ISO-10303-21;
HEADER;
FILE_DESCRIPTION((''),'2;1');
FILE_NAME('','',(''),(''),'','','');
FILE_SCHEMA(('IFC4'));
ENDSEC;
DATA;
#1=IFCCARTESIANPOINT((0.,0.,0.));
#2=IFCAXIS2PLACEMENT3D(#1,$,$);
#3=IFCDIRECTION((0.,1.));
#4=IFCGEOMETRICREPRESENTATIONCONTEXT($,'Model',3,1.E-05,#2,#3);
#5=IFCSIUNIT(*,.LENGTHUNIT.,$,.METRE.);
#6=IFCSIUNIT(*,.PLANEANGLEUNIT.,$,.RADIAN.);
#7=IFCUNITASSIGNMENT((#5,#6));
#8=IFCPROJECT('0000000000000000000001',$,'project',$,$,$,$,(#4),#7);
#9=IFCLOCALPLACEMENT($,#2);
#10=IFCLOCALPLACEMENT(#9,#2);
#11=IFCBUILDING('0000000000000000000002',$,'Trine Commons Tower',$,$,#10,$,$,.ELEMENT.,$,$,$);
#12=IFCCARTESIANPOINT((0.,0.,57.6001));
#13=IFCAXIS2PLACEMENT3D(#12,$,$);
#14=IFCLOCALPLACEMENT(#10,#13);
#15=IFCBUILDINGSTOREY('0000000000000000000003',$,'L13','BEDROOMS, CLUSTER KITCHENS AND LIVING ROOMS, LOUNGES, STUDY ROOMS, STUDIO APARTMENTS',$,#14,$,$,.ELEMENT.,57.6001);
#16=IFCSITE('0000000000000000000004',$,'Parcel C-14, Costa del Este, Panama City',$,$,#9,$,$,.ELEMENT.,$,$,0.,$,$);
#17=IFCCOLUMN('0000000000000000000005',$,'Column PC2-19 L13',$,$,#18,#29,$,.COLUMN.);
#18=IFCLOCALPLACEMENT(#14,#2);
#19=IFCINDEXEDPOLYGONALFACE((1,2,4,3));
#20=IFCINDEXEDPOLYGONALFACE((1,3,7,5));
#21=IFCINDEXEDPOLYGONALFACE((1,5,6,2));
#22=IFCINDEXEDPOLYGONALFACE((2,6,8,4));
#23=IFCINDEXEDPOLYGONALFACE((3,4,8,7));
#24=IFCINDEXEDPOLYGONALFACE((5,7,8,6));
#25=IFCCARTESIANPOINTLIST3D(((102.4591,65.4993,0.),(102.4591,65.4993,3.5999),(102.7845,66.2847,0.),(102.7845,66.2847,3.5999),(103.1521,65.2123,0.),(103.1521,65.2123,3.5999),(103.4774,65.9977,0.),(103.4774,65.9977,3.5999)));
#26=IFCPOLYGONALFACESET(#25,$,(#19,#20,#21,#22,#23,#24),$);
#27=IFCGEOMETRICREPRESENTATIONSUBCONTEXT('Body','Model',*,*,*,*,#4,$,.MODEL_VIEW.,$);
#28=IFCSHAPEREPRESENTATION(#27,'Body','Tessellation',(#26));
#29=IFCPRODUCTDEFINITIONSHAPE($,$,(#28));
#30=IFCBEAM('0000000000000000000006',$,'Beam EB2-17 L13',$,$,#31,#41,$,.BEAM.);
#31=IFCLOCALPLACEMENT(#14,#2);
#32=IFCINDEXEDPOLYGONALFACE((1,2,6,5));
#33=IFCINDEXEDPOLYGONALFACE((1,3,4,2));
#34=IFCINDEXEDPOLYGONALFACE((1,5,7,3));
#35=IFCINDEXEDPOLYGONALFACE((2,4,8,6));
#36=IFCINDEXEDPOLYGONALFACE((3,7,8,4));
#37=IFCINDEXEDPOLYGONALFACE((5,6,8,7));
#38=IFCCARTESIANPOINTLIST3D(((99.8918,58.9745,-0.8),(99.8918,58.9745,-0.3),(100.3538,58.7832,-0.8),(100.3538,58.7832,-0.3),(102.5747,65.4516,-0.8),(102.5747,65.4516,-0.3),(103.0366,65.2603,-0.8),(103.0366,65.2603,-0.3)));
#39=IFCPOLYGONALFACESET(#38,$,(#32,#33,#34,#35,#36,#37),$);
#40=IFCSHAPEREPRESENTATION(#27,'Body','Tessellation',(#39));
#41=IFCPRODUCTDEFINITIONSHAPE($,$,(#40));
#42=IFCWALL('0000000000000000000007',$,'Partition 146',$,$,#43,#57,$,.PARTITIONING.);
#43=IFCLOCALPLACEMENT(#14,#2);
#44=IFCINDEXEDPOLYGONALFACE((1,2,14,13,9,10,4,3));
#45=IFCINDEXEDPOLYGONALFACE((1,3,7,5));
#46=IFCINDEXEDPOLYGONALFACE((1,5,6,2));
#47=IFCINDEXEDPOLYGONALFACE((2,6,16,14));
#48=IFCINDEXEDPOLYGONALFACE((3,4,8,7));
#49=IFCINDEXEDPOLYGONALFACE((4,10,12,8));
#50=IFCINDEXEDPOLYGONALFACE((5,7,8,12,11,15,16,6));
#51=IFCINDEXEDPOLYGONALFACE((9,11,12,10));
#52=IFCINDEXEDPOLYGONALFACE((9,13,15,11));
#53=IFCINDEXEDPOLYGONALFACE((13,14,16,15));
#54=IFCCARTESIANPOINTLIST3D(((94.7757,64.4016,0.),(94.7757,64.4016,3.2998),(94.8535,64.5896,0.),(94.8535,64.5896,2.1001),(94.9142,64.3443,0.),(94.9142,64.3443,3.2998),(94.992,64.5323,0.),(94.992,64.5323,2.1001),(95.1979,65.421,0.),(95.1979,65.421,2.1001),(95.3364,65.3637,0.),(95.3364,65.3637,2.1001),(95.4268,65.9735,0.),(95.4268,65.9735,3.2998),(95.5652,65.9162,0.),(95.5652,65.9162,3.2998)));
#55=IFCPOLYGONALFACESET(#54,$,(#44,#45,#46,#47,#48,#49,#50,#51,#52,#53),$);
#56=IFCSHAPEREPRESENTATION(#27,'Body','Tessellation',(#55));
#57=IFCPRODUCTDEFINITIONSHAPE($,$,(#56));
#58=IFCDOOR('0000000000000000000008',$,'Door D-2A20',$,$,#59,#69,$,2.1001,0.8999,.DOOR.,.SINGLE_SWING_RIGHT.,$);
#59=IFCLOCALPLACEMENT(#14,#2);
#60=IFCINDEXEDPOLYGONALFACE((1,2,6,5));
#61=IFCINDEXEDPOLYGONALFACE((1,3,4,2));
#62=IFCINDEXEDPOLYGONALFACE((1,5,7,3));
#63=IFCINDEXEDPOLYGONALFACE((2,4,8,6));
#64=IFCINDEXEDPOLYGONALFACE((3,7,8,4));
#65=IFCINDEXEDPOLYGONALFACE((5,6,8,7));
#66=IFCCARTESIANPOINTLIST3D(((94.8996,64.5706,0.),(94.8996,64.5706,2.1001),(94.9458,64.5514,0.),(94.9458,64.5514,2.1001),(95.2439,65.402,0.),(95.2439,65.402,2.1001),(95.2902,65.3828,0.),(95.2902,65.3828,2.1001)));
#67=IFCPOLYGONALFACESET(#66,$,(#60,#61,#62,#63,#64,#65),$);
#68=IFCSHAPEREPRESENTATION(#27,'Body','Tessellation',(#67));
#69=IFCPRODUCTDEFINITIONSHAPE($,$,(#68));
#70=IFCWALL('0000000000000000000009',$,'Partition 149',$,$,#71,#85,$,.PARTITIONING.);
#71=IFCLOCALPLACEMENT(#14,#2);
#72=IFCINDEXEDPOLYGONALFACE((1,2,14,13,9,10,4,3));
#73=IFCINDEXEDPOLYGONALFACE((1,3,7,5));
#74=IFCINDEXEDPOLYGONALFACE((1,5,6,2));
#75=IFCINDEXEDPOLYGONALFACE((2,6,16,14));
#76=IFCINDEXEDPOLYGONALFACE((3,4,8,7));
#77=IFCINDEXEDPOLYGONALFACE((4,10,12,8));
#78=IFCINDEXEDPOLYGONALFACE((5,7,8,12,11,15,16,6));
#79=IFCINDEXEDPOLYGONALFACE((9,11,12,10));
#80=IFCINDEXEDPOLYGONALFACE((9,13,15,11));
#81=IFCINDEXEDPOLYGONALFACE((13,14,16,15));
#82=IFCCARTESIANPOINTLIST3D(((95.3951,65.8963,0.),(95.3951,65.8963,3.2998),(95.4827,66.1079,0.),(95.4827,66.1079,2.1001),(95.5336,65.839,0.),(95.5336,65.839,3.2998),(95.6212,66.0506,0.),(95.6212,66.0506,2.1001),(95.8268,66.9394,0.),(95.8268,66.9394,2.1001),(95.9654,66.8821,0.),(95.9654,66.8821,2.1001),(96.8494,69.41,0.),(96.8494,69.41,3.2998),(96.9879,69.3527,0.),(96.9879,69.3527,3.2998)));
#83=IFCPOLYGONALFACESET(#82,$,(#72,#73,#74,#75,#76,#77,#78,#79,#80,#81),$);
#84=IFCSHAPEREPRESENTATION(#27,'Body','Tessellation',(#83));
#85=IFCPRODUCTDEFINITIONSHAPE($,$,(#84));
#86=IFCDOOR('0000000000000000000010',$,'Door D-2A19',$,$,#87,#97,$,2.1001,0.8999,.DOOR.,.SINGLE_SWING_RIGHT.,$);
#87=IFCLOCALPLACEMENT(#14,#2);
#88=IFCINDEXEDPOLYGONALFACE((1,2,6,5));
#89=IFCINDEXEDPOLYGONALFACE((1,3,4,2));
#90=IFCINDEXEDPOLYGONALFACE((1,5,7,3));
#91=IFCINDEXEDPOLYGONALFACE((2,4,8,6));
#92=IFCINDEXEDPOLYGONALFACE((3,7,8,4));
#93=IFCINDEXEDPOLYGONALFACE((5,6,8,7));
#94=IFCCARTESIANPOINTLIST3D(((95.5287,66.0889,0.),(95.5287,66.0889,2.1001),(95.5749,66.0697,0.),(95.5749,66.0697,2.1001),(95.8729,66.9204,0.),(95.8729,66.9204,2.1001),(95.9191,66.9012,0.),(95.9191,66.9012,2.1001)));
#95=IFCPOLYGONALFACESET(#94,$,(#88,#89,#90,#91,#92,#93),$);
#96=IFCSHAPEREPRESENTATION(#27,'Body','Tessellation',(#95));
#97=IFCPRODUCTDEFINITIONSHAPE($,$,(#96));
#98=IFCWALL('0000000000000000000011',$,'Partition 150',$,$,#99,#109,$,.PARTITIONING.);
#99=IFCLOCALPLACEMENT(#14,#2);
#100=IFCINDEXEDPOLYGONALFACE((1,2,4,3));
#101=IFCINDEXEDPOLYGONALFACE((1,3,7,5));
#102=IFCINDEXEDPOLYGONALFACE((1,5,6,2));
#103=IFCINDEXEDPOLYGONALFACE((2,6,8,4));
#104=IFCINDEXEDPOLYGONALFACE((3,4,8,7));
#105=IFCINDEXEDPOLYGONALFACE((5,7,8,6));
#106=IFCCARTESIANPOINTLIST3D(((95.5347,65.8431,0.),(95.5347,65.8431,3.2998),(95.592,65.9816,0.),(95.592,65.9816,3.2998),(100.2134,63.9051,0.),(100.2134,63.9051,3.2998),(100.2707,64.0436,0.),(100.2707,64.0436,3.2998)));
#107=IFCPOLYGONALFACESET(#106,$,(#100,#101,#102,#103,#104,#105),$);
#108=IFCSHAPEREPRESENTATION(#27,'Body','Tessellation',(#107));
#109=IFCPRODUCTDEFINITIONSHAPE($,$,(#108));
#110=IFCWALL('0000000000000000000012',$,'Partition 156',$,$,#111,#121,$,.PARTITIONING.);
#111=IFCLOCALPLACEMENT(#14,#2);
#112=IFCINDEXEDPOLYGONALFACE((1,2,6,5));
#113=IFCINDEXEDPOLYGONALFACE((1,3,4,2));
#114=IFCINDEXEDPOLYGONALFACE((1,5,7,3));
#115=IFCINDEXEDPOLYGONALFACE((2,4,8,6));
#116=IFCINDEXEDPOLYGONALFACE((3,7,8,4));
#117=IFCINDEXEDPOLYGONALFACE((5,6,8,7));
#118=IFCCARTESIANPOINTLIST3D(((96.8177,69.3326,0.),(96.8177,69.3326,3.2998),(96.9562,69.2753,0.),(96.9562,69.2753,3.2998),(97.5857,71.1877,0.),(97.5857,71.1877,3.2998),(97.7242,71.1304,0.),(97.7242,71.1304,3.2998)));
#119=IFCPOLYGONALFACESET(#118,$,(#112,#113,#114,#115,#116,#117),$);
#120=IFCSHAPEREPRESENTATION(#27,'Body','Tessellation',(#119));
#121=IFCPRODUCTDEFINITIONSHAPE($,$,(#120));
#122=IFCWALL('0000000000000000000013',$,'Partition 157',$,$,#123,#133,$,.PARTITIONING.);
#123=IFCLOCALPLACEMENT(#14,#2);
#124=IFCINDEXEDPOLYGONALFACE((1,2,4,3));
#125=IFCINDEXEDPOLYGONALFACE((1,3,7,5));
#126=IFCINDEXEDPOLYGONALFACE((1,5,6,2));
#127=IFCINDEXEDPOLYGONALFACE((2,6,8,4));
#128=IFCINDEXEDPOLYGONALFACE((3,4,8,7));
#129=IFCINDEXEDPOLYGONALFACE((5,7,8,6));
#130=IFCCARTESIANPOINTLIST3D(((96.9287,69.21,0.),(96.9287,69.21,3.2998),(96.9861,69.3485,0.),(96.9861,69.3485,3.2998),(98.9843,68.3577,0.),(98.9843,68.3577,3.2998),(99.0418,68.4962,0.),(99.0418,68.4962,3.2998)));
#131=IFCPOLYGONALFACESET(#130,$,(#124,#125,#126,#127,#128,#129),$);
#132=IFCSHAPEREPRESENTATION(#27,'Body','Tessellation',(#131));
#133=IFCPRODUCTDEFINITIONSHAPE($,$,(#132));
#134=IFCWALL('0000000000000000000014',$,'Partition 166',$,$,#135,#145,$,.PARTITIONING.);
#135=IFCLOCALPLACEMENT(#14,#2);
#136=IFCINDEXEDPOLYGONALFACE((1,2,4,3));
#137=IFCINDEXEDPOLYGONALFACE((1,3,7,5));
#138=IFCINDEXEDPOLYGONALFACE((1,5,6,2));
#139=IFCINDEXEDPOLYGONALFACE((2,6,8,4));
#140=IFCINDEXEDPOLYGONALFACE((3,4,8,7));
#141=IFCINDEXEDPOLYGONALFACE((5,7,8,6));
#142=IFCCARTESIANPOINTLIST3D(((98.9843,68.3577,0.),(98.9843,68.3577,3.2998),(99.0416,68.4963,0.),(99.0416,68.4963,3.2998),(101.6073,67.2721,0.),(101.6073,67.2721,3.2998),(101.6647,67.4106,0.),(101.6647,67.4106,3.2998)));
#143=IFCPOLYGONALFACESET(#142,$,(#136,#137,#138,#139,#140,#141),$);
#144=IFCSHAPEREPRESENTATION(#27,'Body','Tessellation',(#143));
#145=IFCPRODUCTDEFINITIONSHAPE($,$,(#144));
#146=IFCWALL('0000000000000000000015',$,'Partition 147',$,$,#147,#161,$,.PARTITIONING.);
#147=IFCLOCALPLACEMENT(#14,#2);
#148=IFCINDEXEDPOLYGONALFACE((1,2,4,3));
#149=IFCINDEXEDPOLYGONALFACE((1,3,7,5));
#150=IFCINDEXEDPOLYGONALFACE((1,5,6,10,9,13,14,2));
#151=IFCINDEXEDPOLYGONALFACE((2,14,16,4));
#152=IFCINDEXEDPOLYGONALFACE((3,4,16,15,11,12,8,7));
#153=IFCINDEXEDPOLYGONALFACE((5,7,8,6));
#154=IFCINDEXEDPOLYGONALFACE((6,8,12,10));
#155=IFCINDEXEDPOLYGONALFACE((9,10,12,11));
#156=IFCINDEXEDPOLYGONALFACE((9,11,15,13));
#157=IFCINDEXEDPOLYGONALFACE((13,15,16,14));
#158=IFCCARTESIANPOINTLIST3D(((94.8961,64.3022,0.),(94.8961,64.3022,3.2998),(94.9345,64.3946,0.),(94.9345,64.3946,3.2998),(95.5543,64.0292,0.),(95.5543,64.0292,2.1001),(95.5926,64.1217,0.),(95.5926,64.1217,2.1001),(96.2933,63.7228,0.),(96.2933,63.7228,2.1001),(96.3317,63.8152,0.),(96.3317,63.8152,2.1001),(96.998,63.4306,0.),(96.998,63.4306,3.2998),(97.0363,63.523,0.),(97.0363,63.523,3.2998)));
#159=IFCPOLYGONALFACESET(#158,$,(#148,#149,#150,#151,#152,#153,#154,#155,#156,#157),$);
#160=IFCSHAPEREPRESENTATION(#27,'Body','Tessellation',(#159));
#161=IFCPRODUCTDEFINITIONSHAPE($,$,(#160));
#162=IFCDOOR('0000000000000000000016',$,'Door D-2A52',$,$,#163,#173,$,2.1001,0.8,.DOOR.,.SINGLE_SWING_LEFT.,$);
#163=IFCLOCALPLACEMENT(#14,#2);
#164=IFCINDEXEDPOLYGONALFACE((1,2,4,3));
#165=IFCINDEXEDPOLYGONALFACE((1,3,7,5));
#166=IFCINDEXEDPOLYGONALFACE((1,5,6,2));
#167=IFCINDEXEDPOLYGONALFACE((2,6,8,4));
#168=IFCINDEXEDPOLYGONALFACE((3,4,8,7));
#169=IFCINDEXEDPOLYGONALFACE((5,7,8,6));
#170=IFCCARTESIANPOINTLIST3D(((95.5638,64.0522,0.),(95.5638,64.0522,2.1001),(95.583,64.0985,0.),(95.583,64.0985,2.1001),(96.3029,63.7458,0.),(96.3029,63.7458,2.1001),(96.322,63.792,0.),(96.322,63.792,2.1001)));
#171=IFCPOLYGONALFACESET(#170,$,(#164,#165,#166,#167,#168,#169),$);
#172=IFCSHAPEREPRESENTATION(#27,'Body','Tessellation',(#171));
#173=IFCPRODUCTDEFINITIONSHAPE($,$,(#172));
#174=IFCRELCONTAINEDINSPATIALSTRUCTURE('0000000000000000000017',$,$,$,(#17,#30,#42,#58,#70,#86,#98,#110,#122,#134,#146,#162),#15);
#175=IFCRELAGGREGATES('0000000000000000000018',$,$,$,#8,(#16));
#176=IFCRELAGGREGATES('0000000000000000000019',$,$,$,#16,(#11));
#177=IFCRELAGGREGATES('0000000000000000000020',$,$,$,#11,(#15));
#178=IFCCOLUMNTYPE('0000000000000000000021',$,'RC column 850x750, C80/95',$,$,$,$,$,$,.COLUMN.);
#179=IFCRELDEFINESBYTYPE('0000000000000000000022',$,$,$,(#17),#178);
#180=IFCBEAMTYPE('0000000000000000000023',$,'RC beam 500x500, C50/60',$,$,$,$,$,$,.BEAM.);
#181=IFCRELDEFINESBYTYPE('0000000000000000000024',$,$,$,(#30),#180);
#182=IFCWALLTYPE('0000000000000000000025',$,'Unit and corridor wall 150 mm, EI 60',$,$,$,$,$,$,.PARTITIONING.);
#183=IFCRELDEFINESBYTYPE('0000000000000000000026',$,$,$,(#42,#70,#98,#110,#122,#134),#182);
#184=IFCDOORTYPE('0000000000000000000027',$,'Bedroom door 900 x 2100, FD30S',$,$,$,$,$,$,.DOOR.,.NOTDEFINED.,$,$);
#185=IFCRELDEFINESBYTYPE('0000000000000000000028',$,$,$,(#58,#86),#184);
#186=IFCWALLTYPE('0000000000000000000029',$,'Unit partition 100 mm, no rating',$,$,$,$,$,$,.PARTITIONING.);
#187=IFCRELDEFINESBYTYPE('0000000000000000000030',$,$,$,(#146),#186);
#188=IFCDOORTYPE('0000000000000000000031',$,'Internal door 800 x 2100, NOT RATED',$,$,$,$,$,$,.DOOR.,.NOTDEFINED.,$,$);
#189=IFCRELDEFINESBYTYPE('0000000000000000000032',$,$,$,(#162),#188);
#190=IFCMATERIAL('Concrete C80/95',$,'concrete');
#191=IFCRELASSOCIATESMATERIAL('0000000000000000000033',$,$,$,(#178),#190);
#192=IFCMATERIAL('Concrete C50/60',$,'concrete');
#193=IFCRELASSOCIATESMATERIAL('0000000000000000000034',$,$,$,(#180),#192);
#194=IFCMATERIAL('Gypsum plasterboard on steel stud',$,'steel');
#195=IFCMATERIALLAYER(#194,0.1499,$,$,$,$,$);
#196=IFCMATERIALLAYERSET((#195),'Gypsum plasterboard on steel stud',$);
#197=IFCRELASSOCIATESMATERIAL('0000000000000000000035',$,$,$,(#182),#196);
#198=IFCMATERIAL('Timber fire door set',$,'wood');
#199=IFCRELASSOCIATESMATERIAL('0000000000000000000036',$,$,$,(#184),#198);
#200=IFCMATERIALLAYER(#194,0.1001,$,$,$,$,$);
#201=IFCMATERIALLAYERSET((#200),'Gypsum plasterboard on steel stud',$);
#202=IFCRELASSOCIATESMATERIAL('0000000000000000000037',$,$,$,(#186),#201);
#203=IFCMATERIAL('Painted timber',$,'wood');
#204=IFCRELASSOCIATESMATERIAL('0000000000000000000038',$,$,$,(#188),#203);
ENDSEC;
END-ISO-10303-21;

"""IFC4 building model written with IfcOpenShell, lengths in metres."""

from ifc_helpers import new_model, si_unit, direction, frame, frame_2d, origin, origin_2d, place, context, subcontext, project, spatial, rectangle, extrude, material, layer, layer_set, material_profile, profile_set, type_object, element, fill, save


model = new_model("IFC4")

# Units and contexts
model_context = context("Model", 3, precision=1e-05, world=origin(), true_north=direction((0.0, 1.0)))
body_context = subcontext(model_context, "Body", "Model", "MODEL_VIEW")
ifc_project = project(units=[si_unit("LENGTHUNIT", "METRE"), si_unit("PLANEANGLEUNIT", "RADIAN")], contexts=[model_context])

# Site, building, storey
site_placement = place(None, origin())
site = spatial("IfcSite", under=ifc_project, at=site_placement, Name="Parcel C-14, Costa del Este, Panama City", CompositionType="ELEMENT", RefElevation=0.0)
building_placement = place(site_placement, origin())
building = spatial("IfcBuilding", under=site, at=building_placement, Name="Trine Commons Tower", CompositionType="ELEMENT")
storey_placement = place(building_placement, frame((0.0, 0.0, 57.6001)))
storey = spatial("IfcBuildingStorey", under=building, at=storey_placement, Name="L13", Description="BEDROOMS, CLUSTER KITCHENS AND LIVING ROOMS, LOUNGES, STUDY ROOMS, STUDIO APARTMENTS", CompositionType="ELEMENT", Elevation=57.6001)

# Column
ifc_material_1 = material(Name="Concrete C80/95", Category="concrete")
ifc_material_profile_1 = material_profile(ifc_material_1, rectangle(XDim=0.8501, YDim=0.75, at=origin_2d()), Name="RC 850x750")
ifc_profile_set_1 = profile_set([ifc_material_profile_1], Name="Concrete C80/95")
column_type = type_object("IfcColumnType", Name="RC column 850x750, C80/95", PredefinedType="COLUMN", material=ifc_profile_set_1)
column_placement = place(storey_placement, frame((102.9683, 65.7485, 0.0), z_axis=(0.0, 0.0, 1.0), x_axis=(0.382683, 0.92388, 0.0)))
element("IfcColumn", 1, at=column_placement, inside=storey, type_object=column_type, Name="Column PC2-19 L13", PredefinedType="COLUMN", context=body_context, shape_type="SweptSolid", body=[
    extrude(rectangle(XDim=0.8501, YDim=0.75, at=origin_2d()), origin(), (0.0, 0.0, 1.0), 3.5999),
])

# Beam
ifc_material_2 = material(Name="Concrete C50/60", Category="concrete")
ifc_material_profile_2 = material_profile(ifc_material_2, rectangle(XDim=0.5, YDim=0.5, at=origin_2d()), Name="RC 500x500")
ifc_profile_set_2 = profile_set([ifc_material_profile_2], Name="Concrete C50/60")
beam_type = type_object("IfcBeamType", Name="RC beam 500x500, C50/60", PredefinedType="BEAM", material=ifc_profile_set_2)
beam_placement = place(storey_placement, frame((102.8057, 65.356, -0.55), z_axis=(-0.382681, -0.923881, 0.0), x_axis=(0.923881, -0.382681, 0.0)))
element("IfcBeam", 2, at=beam_placement, inside=storey, type_object=beam_type, Name="Beam EB2-17 L13", PredefinedType="BEAM", context=body_context, shape_type="SweptSolid", body=[
    extrude(rectangle(XDim=0.5, YDim=0.5, at=origin_2d()), origin(), (0.0, 0.0, 1.0), 7.0107),
])

# Walls, openings, doors
ifc_material_3 = material(Name="Gypsum plasterboard on steel stud", Category="steel")
ifc_layer_1 = layer(ifc_material_3, 0.1499)
ifc_layer_set_1 = layer_set([ifc_layer_1], Name="Gypsum plasterboard on steel stud")
wall_type_1 = type_object("IfcWallType", Name="Unit and corridor wall 150 mm, EI 60", PredefinedType="PARTITIONING", material=ifc_layer_set_1)
wall_1_placement = place(storey_placement, frame((94.845, 64.373, 0.0), z_axis=(0.0, 0.0, 1.0), x_axis=(0.382669, 0.923886, 0.0)))
wall_1 = element("IfcWall", 3, at=wall_1_placement, inside=storey, type_object=wall_type_1, Name="Partition 146", PredefinedType="PARTITIONING", context=body_context, shape_type="SweptSolid", body=[
    extrude(rectangle(XDim=1.7014, YDim=0.1499, at=frame_2d((0.8506, 0.0))), origin(), (0.0, 0.0, 1.0), 3.2998),
])
opening_1_placement = place(wall_1_placement, frame((0.2034, 0.0, 0.0)))
opening_1 = element("IfcOpeningElement", 4, at=opening_1_placement, cuts=wall_1, PredefinedType="OPENING", context=body_context, shape_type="SweptSolid", body=[
    extrude(rectangle(XDim=0.8999, YDim=2.1001, at=frame_2d((0.45, 1.05))), frame((0.0, 0.085, 0.0), z_axis=(0.0, -1.0, 0.0), x_axis=(1.0, 0.0, 0.0)), (0.0, 0.0, 1.0), 0.1699),
])
ifc_material_4 = material(Name="Timber fire door set", Category="wood")
door_type_1 = type_object("IfcDoorType", Name="Bedroom door 900 x 2100, FD30S", OperationType="NOTDEFINED", PredefinedType="DOOR", material=ifc_material_4)
door_1_placement = place(opening_1_placement, frame((0.8999, 0.0, 0.0), z_axis=(0.0, 0.0, 1.0), x_axis=(-1.0, 0.0, 0.0)))
door_1 = element("IfcDoor", 5, at=door_1_placement, inside=storey, type_object=door_type_1, Name="Door D-2A20", OperationType="SINGLE_SWING_RIGHT", OverallHeight=2.1001, OverallWidth=0.8999, PredefinedType="DOOR", context=body_context, shape_type="SweptSolid", body=[
    extrude(rectangle(XDim=0.8999, YDim=2.1001, at=frame_2d((0.45, 1.05))), frame((0.0, 0.0249, 0.0), z_axis=(0.0, -1.0, 0.0), x_axis=(1.0, 0.0, 0.0)), (0.0, 0.0, 1.0), 0.05),
])
fill(opening_1, door_1)
wall_2_placement = place(storey_placement, frame((95.4644, 65.8677, 0.0), z_axis=(0.0, 0.0, 1.0), x_axis=(0.382444, 0.923979, 0.0)))
wall_2 = element("IfcWall", 6, at=wall_2_placement, inside=storey, type_object=wall_type_1, Name="Partition 149", PredefinedType="PARTITIONING", context=body_context, shape_type="SweptSolid", body=[
    extrude(rectangle(XDim=3.8027, YDim=0.1499, at=frame_2d((1.9014, 0.0))), origin(), (0.0, 0.0, 1.0), 3.2998),
])
opening_2_placement = place(wall_2_placement, frame((0.229, 0.0, 0.0)))
opening_2 = element("IfcOpeningElement", 7, at=opening_2_placement, cuts=wall_2, PredefinedType="OPENING", context=body_context, shape_type="SweptSolid", body=[
    extrude(rectangle(XDim=0.8999, YDim=2.1001, at=frame_2d((0.45, 1.05))), frame((0.0, 0.085, 0.0), z_axis=(0.0, -1.0, 0.0), x_axis=(1.0, 0.0, 0.0)), (0.0, 0.0, 1.0), 0.1699),
])
door_2_placement = place(opening_2_placement, frame((0.8999, 0.0, 0.0), z_axis=(0.0, 0.0, 1.0), x_axis=(-1.0, 0.0, 0.0)))
door_2 = element("IfcDoor", 8, at=door_2_placement, inside=storey, type_object=door_type_1, Name="Door D-2A19", OperationType="SINGLE_SWING_RIGHT", OverallHeight=2.1001, OverallWidth=0.8999, PredefinedType="DOOR", context=body_context, shape_type="SweptSolid", body=[
    extrude(rectangle(XDim=0.8999, YDim=2.1001, at=frame_2d((0.45, 1.05))), frame((0.0, 0.0249, 0.0), z_axis=(0.0, -1.0, 0.0), x_axis=(1.0, 0.0, 0.0)), (0.0, 0.0, 1.0), 0.05),
])
fill(opening_2, door_2)

# Walls
wall_3_placement = place(storey_placement, frame((95.5632, 65.9124, 0.0), z_axis=(0.0, 0.0, 1.0), x_axis=(0.923879, -0.382684, 0.0)))
element("IfcWall", 9, at=wall_3_placement, inside=storey, type_object=wall_type_1, Name="Partition 150", PredefinedType="PARTITIONING", context=body_context, shape_type="SweptSolid", body=[
    extrude(rectangle(XDim=5.0642, YDim=0.1499, at=frame_2d((2.5322, 0.0))), origin(), (0.0, 0.0, 1.0), 3.2998),
])
wall_4_placement = place(storey_placement, frame((96.887, 69.304, 0.0), z_axis=(0.0, 0.0, 1.0), x_axis=(0.382516, 0.923949, 0.0)))
element("IfcWall", 10, at=wall_4_placement, inside=storey, type_object=wall_type_1, Name="Partition 156", PredefinedType="PARTITIONING", context=body_context, shape_type="SweptSolid", body=[
    extrude(rectangle(XDim=2.0078, YDim=0.1499, at=frame_2d((1.0039, 0.0))), origin(), (0.0, 0.0, 1.0), 3.2998),
])
wall_5_placement = place(storey_placement, frame((96.9573, 69.2793, 0.0), z_axis=(0.0, 0.0, 1.0), x_axis=(0.923751, -0.382994, 0.0)))
element("IfcWall", 11, at=wall_5_placement, inside=storey, type_object=wall_type_1, Name="Partition 157", PredefinedType="PARTITIONING", context=body_context, shape_type="SweptSolid", body=[
    extrude(rectangle(XDim=2.2253, YDim=0.1499, at=frame_2d((1.1128, 0.0))), origin(), (0.0, 0.0, 1.0), 3.2998),
])
wall_6_placement = place(storey_placement, frame((99.0129, 68.427, 0.0), z_axis=(0.0, 0.0, 1.0), x_axis=(0.92398, -0.38244, 0.0)))
element("IfcWall", 12, at=wall_6_placement, inside=storey, type_object=wall_type_1, Name="Partition 166", PredefinedType="PARTITIONING", context=body_context, shape_type="SweptSolid", body=[
    extrude(rectangle(XDim=2.8389, YDim=0.1499, at=frame_2d((1.4194, 0.0))), origin(), (0.0, 0.0, 1.0), 3.2998),
])

# Wall, opening, door
ifc_layer_2 = layer(ifc_material_3, 0.1001)
ifc_layer_set_2 = layer_set([ifc_layer_2], Name="Gypsum plasterboard on steel stud")
wall_type_2 = type_object("IfcWallType", Name="Unit partition 100 mm, no rating", PredefinedType="PARTITIONING", material=ifc_layer_set_2)
wall_7_placement = place(storey_placement, frame((94.9153, 64.3484, 0.0), z_axis=(0.0, 0.0, 1.0), x_axis=(0.923726, -0.383053, 0.0)))
wall_7 = element("IfcWall", 13, at=wall_7_placement, inside=storey, type_object=wall_type_2, Name="Partition 147", PredefinedType="PARTITIONING", context=body_context, shape_type="SweptSolid", body=[
    extrude(rectangle(XDim=2.2754, YDim=0.1001, at=frame_2d((1.1377, 0.0))), origin(), (0.0, 0.0, 1.0), 3.2998),
])
opening_3_placement = place(wall_7_placement, frame((0.7126, 0.0, 0.0)))
opening_3 = element("IfcOpeningElement", 14, at=opening_3_placement, cuts=wall_7, PredefinedType="OPENING", context=body_context, shape_type="SweptSolid", body=[
    extrude(rectangle(XDim=0.8, YDim=2.1001, at=frame_2d((0.3999, 1.05))), frame((0.0, 0.0601, 0.0), z_axis=(0.0, -1.0, 0.0), x_axis=(1.0, 0.0, 0.0)), (0.0, 0.0, 1.0), 0.1201),
])
ifc_material_5 = material(Name="Painted timber", Category="wood")
door_type_2 = type_object("IfcDoorType", Name="Internal door 800 x 2100, NOT RATED", OperationType="NOTDEFINED", PredefinedType="DOOR", material=ifc_material_5)
door_3_placement = place(opening_3_placement, origin())
door_3 = element("IfcDoor", 15, at=door_3_placement, inside=storey, type_object=door_type_2, Name="Door D-2A52", OperationType="SINGLE_SWING_LEFT", OverallHeight=2.1001, OverallWidth=0.8, PredefinedType="DOOR", context=body_context, shape_type="SweptSolid", body=[
    extrude(rectangle(XDim=0.8, YDim=2.1001, at=frame_2d((0.3999, 1.05))), frame((0.0, 0.0249, 0.0), z_axis=(0.0, -1.0, 0.0), x_axis=(1.0, 0.0, 0.0)), (0.0, 0.0, 1.0), 0.05),
])
fill(opening_3, door_3)

save(model, "model.ifc")
